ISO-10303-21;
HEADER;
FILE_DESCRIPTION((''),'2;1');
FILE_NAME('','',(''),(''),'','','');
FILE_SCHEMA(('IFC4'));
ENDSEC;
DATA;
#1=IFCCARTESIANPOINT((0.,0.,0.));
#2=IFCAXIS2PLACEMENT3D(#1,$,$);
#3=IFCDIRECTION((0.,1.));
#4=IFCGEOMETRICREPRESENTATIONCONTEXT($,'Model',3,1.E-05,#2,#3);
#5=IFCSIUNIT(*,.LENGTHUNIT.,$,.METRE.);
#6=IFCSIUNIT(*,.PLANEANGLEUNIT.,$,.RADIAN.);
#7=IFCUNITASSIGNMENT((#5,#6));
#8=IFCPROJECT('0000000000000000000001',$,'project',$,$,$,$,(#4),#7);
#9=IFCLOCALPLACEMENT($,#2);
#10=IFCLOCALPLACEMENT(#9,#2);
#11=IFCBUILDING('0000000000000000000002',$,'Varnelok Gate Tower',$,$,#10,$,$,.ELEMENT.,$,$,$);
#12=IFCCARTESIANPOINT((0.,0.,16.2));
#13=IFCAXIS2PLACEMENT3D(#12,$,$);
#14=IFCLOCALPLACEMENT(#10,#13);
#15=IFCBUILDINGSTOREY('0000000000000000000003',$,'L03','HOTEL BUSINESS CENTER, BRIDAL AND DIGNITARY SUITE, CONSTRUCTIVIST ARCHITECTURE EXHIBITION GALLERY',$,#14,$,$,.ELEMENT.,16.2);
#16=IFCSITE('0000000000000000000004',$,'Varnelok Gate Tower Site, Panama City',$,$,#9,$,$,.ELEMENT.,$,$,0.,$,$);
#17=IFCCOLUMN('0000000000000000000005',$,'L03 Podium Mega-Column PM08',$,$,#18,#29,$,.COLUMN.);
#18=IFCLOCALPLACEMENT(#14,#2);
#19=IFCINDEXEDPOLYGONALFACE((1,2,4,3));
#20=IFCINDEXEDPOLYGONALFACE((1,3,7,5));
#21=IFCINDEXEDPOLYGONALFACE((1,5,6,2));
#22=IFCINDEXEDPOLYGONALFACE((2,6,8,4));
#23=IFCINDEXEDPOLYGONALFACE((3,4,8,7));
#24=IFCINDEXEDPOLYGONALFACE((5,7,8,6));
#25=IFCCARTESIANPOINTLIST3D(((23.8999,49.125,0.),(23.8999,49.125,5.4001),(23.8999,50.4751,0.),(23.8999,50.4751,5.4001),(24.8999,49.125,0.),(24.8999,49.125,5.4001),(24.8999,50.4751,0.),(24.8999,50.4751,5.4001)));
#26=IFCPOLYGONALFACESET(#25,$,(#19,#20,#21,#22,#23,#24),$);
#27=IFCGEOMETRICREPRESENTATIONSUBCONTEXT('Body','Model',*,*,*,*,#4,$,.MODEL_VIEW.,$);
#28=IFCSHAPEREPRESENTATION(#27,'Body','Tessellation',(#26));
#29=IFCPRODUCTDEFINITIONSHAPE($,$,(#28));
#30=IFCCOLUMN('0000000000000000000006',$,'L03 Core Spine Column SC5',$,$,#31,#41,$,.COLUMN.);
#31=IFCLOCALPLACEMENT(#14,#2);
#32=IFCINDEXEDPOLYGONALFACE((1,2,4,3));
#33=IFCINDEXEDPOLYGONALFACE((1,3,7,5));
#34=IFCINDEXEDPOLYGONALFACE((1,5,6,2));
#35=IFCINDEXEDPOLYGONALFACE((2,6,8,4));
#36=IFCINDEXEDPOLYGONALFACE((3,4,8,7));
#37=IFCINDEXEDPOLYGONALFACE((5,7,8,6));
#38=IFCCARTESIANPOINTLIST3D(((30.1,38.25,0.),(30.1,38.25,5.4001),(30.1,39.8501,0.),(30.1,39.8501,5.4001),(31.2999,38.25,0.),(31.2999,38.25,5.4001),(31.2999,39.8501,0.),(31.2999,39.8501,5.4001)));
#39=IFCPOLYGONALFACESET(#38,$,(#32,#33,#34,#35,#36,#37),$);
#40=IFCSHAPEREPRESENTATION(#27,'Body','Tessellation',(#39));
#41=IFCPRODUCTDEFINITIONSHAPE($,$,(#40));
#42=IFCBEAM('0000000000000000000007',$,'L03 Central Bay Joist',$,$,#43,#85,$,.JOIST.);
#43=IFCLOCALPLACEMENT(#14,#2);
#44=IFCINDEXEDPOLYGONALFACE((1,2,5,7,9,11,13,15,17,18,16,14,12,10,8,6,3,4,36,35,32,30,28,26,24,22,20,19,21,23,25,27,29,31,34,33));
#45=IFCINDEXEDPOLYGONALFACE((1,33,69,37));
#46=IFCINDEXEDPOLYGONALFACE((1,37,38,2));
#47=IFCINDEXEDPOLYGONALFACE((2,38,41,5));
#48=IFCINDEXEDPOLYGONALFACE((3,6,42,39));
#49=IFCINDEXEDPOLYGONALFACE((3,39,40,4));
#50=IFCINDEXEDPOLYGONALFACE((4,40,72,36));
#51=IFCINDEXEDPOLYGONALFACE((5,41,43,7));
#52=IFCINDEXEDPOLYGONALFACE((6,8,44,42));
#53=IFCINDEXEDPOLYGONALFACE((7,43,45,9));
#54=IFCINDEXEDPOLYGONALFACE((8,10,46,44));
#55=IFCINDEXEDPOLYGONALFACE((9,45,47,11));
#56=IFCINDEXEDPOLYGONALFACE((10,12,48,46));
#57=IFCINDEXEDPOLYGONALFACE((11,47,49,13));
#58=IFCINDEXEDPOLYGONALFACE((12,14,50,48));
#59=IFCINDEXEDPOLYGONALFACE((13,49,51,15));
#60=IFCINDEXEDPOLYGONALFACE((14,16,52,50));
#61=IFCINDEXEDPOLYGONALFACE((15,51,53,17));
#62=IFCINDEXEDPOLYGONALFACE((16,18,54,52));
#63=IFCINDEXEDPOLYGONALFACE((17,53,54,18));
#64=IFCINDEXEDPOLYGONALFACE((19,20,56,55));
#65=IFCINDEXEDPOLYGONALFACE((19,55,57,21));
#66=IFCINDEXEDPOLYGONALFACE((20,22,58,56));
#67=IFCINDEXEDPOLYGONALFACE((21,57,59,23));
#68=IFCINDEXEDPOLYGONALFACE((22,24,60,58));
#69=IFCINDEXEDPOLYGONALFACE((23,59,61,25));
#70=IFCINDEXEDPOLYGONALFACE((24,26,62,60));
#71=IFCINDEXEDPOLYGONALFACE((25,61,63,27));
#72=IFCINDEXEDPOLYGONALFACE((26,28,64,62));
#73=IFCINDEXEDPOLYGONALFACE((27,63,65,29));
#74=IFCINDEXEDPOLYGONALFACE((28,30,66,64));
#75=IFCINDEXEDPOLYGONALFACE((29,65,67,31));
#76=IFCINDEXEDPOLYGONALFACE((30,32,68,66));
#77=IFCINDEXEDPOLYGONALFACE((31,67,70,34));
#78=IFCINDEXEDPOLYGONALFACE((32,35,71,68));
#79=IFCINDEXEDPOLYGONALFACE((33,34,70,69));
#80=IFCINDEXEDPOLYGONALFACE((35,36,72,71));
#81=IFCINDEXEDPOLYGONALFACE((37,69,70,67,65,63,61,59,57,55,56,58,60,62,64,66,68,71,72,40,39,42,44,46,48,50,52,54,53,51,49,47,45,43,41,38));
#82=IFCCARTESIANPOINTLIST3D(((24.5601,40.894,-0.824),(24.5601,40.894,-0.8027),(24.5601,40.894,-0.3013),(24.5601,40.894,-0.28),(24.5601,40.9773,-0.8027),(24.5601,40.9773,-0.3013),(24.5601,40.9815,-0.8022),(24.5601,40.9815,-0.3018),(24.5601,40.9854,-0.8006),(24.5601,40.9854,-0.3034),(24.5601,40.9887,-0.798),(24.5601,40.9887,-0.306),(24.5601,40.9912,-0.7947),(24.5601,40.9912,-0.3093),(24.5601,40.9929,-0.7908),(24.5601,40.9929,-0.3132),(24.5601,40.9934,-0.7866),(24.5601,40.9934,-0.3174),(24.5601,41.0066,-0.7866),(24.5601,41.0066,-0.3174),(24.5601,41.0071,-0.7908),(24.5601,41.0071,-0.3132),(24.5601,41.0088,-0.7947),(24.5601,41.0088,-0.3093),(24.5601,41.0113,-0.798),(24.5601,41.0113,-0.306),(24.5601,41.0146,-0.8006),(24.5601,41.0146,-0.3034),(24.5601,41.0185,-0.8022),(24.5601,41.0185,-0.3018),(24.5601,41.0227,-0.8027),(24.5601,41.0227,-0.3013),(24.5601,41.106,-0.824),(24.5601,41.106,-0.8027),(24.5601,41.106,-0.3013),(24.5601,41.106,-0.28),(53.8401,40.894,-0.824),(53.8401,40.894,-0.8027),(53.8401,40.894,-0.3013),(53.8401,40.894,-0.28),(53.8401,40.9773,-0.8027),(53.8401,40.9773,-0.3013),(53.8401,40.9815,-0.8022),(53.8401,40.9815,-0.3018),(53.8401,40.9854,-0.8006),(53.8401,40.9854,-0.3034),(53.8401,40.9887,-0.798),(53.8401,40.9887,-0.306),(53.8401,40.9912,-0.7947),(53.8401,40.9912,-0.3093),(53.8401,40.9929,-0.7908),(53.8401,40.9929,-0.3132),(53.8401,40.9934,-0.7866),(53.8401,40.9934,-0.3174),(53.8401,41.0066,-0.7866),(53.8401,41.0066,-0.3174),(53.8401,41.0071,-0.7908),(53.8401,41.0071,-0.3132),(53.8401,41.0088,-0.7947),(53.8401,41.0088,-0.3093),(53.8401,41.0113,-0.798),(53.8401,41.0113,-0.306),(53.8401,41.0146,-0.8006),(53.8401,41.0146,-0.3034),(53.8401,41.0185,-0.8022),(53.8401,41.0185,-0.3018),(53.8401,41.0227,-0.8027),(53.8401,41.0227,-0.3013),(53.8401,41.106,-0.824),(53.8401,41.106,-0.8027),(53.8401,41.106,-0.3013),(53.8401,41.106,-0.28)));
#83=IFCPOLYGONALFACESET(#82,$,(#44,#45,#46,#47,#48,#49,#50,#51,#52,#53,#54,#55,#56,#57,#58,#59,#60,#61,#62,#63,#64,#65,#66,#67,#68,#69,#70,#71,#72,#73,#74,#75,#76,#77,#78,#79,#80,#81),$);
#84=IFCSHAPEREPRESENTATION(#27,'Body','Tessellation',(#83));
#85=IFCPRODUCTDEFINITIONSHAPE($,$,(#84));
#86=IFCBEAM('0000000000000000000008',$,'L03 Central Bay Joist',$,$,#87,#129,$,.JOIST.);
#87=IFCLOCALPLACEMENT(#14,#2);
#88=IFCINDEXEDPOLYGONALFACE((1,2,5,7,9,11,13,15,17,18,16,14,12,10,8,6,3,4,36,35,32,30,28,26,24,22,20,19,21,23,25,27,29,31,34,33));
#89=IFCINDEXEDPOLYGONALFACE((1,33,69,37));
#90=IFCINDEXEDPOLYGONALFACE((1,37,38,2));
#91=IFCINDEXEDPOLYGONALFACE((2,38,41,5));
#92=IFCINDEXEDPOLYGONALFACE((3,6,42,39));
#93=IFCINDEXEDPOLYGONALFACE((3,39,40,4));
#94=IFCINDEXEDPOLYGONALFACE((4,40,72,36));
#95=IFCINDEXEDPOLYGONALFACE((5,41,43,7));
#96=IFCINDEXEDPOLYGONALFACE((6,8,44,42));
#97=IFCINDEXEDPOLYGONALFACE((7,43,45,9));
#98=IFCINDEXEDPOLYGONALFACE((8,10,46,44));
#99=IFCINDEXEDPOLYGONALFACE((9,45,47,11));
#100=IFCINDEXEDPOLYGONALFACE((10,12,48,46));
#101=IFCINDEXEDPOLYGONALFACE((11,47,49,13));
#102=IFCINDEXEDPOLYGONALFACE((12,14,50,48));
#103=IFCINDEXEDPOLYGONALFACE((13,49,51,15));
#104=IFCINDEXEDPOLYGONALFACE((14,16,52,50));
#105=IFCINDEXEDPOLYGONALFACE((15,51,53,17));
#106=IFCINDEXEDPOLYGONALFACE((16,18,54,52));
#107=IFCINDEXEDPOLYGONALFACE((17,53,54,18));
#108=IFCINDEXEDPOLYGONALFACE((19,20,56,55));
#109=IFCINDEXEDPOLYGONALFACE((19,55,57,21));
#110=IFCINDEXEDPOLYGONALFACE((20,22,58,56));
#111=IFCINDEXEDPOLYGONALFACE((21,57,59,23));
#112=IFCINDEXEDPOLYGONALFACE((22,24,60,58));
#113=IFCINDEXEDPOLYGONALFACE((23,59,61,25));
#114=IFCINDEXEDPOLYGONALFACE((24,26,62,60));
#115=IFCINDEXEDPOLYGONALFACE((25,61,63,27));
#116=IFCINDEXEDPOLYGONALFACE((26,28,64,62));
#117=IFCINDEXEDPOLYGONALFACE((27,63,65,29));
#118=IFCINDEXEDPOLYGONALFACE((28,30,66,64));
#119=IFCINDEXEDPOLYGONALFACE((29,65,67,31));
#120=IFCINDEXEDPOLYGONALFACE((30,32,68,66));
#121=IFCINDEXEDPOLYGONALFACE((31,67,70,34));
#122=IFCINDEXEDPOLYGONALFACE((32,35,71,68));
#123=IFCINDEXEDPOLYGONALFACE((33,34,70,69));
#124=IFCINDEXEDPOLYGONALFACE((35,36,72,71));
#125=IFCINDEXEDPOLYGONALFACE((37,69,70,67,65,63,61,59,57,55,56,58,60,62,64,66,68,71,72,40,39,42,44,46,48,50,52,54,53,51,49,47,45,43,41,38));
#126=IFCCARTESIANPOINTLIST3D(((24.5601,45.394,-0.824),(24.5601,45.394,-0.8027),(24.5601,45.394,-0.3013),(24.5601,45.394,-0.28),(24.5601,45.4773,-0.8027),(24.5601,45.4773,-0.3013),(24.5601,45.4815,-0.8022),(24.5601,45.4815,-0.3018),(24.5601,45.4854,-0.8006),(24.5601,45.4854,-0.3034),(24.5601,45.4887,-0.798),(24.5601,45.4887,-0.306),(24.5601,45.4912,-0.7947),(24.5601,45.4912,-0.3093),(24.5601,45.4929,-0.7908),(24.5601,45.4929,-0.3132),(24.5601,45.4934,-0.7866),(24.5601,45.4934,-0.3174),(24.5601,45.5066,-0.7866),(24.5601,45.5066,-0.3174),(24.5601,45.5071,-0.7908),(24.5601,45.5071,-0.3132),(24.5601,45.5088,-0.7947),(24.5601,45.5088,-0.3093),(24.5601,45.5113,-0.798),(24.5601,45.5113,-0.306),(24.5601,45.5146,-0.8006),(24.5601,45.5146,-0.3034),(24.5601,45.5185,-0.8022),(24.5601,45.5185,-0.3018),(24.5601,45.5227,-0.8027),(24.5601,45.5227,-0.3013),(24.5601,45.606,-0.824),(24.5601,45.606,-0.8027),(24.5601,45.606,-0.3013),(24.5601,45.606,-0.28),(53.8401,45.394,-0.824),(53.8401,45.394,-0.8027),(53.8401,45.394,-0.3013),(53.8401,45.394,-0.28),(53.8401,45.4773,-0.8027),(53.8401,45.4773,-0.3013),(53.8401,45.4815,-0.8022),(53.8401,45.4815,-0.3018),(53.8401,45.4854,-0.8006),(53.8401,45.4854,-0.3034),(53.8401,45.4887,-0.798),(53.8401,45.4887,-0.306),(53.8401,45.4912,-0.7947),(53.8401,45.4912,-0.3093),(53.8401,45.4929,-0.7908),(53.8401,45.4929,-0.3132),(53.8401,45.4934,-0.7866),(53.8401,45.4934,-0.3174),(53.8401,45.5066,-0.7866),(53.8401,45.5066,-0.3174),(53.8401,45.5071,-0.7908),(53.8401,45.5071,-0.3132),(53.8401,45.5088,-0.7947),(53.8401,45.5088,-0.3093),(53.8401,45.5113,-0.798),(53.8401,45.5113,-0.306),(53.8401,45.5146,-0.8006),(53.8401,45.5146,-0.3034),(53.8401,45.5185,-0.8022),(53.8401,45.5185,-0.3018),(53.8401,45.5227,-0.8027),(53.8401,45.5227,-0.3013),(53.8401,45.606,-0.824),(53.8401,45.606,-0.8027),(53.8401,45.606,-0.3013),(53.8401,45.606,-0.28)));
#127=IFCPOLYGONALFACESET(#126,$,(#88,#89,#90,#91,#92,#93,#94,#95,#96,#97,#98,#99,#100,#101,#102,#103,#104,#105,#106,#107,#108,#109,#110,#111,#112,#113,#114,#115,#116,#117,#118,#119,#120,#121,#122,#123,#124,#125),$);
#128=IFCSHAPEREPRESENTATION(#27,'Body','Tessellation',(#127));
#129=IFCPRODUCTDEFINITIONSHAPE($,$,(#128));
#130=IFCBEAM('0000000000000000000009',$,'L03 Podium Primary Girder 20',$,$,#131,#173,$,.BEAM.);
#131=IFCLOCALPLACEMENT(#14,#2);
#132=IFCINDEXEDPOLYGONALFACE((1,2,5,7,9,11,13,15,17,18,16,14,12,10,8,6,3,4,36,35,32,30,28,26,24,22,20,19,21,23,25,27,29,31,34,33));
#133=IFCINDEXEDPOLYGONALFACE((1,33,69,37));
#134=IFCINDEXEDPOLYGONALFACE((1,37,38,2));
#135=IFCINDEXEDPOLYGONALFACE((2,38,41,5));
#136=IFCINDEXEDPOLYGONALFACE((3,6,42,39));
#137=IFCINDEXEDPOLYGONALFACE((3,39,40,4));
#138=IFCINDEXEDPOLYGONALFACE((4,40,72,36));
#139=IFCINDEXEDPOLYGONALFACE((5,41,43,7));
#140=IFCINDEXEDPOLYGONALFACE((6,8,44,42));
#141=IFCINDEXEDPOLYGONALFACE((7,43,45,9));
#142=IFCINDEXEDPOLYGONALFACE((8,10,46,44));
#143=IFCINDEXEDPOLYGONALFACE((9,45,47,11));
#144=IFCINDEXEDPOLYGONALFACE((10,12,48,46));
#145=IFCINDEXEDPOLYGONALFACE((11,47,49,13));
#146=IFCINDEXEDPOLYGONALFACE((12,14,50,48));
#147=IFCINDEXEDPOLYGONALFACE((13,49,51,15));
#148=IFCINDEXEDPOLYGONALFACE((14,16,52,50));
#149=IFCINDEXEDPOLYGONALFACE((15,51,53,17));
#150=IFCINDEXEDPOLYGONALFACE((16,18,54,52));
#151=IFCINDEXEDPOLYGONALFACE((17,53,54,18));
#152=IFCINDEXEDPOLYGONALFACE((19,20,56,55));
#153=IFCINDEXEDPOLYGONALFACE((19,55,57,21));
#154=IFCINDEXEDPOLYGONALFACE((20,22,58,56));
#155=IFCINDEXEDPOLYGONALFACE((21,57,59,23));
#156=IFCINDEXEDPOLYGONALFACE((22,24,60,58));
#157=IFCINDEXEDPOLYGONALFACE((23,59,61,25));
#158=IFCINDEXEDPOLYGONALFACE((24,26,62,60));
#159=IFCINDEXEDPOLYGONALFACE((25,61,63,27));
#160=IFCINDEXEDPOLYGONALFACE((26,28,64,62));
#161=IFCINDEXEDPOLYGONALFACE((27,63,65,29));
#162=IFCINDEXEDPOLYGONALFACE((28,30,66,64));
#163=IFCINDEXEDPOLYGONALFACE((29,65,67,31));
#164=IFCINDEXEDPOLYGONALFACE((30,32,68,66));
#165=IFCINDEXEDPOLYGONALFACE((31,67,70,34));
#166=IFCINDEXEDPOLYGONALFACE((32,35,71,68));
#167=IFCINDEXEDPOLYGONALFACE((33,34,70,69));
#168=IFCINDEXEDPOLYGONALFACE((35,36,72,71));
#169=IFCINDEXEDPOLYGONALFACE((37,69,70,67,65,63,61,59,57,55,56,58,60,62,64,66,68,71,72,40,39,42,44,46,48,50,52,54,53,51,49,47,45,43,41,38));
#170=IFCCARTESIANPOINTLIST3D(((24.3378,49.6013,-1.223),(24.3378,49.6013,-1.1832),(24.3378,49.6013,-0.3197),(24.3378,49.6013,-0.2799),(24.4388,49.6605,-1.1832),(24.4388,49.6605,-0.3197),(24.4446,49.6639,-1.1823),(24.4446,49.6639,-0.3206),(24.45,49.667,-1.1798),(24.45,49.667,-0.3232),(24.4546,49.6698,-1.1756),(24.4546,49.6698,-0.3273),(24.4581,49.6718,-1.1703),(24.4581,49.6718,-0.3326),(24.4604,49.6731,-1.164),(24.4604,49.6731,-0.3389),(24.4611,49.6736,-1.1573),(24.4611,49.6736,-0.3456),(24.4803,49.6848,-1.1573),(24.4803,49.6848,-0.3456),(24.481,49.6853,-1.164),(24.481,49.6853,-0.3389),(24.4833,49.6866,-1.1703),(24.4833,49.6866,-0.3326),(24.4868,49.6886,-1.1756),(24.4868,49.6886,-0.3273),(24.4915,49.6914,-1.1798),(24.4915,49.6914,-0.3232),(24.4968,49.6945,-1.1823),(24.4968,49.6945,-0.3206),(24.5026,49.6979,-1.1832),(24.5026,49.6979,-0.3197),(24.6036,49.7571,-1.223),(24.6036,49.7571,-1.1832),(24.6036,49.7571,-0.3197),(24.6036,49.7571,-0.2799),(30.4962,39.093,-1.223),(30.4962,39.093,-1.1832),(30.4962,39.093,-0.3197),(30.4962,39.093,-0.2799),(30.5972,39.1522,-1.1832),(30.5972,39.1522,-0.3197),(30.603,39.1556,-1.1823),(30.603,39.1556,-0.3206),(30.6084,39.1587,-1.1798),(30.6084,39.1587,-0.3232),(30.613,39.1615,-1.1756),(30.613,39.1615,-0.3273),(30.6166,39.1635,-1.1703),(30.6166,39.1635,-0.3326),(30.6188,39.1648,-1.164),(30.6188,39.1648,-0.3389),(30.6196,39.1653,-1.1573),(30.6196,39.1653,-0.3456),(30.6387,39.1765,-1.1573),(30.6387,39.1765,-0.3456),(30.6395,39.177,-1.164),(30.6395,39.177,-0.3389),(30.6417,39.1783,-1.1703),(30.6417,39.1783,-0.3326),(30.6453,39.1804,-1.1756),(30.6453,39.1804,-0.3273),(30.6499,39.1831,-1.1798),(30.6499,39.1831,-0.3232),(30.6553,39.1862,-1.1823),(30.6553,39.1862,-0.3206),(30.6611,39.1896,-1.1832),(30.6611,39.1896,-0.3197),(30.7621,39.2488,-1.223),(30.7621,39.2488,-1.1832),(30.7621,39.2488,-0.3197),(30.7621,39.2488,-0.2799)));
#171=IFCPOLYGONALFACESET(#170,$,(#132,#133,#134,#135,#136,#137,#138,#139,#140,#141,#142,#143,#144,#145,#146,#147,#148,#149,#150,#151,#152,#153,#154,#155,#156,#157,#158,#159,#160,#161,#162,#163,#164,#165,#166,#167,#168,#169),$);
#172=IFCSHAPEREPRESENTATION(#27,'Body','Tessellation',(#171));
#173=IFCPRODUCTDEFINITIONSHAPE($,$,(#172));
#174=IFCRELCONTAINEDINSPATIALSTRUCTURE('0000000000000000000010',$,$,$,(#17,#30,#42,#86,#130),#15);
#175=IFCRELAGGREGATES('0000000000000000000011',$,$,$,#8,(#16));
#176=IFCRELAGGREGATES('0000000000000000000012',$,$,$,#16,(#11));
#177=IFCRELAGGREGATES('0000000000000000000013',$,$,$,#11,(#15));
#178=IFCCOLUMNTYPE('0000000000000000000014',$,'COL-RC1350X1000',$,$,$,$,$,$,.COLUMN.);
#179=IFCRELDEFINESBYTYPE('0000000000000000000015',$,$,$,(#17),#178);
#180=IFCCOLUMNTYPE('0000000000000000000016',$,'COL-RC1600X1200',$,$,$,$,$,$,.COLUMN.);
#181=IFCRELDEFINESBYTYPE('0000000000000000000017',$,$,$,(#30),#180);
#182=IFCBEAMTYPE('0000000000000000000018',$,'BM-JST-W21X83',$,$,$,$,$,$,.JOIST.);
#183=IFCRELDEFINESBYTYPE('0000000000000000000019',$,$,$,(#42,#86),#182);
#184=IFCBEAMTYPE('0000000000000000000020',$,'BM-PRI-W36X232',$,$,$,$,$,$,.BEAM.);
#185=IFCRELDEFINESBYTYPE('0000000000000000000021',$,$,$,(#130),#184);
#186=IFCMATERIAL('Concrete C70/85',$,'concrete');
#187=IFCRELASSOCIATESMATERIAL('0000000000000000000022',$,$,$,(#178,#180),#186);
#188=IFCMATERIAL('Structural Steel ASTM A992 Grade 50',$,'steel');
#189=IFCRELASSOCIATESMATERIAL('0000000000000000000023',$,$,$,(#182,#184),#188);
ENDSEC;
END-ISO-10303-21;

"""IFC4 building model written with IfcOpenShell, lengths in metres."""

from ifc_helpers import new_model, si_unit, direction, frame, origin, origin_2d, place, context, subcontext, project, spatial, rectangle, i_section, extrude, material, material_profile, profile_set, type_object, element, save


model = new_model("IFC4")

# Units and contexts
model_context = context("Model", 3, precision=1e-05, world=origin(), true_north=direction((0.0, 1.0)))
body_context = subcontext(model_context, "Body", "Model", "MODEL_VIEW")
ifc_project = project(units=[si_unit("LENGTHUNIT", "METRE"), si_unit("PLANEANGLEUNIT", "RADIAN")], contexts=[model_context])

# Site, building, storey
site_placement = place(None, origin())
site = spatial("IfcSite", under=ifc_project, at=site_placement, Name="Varnelok Gate Tower Site, Panama City", CompositionType="ELEMENT", RefElevation=0.0)
building_placement = place(site_placement, origin())
building = spatial("IfcBuilding", under=site, at=building_placement, Name="Varnelok Gate Tower", CompositionType="ELEMENT")
storey_placement = place(building_placement, frame((0.0, 0.0, 16.2)))
storey = spatial("IfcBuildingStorey", under=building, at=storey_placement, Name="L03", Description="HOTEL BUSINESS CENTER, BRIDAL AND DIGNITARY SUITE, CONSTRUCTIVIST ARCHITECTURE EXHIBITION GALLERY", CompositionType="ELEMENT", Elevation=16.2)

# Columns
ifc_material_1 = material(Name="Concrete C70/85", Category="concrete")
ifc_material_profile_1 = material_profile(ifc_material_1, rectangle(XDim=1.0, YDim=1.3501, at=origin_2d()), Name="RC1350X1000")
ifc_profile_set_1 = profile_set([ifc_material_profile_1], Name="Concrete C70/85")
column_type_1 = type_object("IfcColumnType", Name="COL-RC1350X1000", PredefinedType="COLUMN", material=ifc_profile_set_1)
column_1_placement = place(storey_placement, frame((24.3999, 49.8, 0.0), z_axis=(0.0, 0.0, 1.0), x_axis=(1.0, 0.0, 0.0)))
element("IfcColumn", 1, at=column_1_placement, inside=storey, type_object=column_type_1, Name="L03 Podium Mega-Column PM08", PredefinedType="COLUMN", context=body_context, shape_type="SweptSolid", body=[
    extrude(rectangle(XDim=1.0, YDim=1.3501, at=origin_2d()), origin(), (0.0, 0.0, 1.0), 5.4001),
])
ifc_material_profile_2 = material_profile(ifc_material_1, rectangle(XDim=1.2, YDim=1.6001, at=origin_2d()), Name="RC1600X1200")
ifc_profile_set_2 = profile_set([ifc_material_profile_2], Name="Concrete C70/85")
column_type_2 = type_object("IfcColumnType", Name="COL-RC1600X1200", PredefinedType="COLUMN", material=ifc_profile_set_2)
column_2_placement = place(storey_placement, frame((30.7, 39.05, 0.0), z_axis=(0.0, 0.0, 1.0), x_axis=(1.0, 0.0, 0.0)))
element("IfcColumn", 2, at=column_2_placement, inside=storey, type_object=column_type_2, Name="L03 Core Spine Column SC5", PredefinedType="COLUMN", context=body_context, shape_type="SweptSolid", body=[
    extrude(rectangle(XDim=1.2, YDim=1.6001, at=origin_2d()), origin(), (0.0, 0.0, 1.0), 5.4001),
])

# Beams
ifc_material_2 = material(Name="Structural Steel ASTM A992 Grade 50", Category="steel")
ifc_material_profile_3 = material_profile(ifc_material_2, i_section(OverallWidth=0.2119, OverallDepth=0.5439, WebThickness=0.0132, FlangeThickness=0.0212, FilletRadius=0.0161, at=origin_2d()), Name="W21X83")
ifc_profile_set_3 = profile_set([ifc_material_profile_3], Name="Structural Steel ASTM A992 Grade 50")
beam_type_1 = type_object("IfcBeamType", Name="BM-JST-W21X83", PredefinedType="JOIST", material=ifc_profile_set_3)
for number, where, z_axis, x_axis, name in (
    (3, (24.5601, 41.0, -0.552), (1.0, 0.0, 0.0), (0.0, 1.0, 0.0), "L03 Central Bay Joist"),
    (4, (24.5601, 45.5, -0.552), (1.0, 0.0, 0.0), (0.0, 1.0, 0.0), "L03 Central Bay Joist"),
):
    element("IfcBeam", number, at=place(storey_placement, frame(where, z_axis=z_axis, x_axis=x_axis)), inside=storey, type_object=beam_type_1, Name=name, PredefinedType="JOIST", context=body_context, shape_type="SweptSolid", body=[
        extrude(i_section(OverallWidth=0.2119, OverallDepth=0.5439, WebThickness=0.0132, FlangeThickness=0.0212, FilletRadius=0.0161, at=origin_2d()), origin(), (0.0, 0.0, 1.0), 29.28),
    ])
ifc_material_profile_4 = material_profile(ifc_material_2, i_section(OverallWidth=0.3081, OverallDepth=0.9431, WebThickness=0.0222, FlangeThickness=0.0398, FilletRadius=0.0259, at=origin_2d()), Name="W36X232")
ifc_profile_set_4 = profile_set([ifc_material_profile_4], Name="Structural Steel ASTM A992 Grade 50")
beam_type_2 = type_object("IfcBeamType", Name="BM-PRI-W36X232", PredefinedType="BEAM", material=ifc_profile_set_4)
beam_1_placement = place(storey_placement, frame((24.4707, 49.6792, -0.7515), z_axis=(0.505622, -0.862755, 0.0), x_axis=(0.862755, 0.505622, 0.0)))
element("IfcBeam", 5, at=beam_1_placement, inside=storey, type_object=beam_type_2, Name="L03 Podium Primary Girder 20", PredefinedType="BEAM", context=body_context, shape_type="SweptSolid", body=[
    extrude(i_section(OverallWidth=0.3081, OverallDepth=0.9431, WebThickness=0.0222, FlangeThickness=0.0398, FilletRadius=0.0259, at=origin_2d()), origin(), (0.0, 0.0, 1.0), 12.1799),
])

save(model, "model.ifc")
